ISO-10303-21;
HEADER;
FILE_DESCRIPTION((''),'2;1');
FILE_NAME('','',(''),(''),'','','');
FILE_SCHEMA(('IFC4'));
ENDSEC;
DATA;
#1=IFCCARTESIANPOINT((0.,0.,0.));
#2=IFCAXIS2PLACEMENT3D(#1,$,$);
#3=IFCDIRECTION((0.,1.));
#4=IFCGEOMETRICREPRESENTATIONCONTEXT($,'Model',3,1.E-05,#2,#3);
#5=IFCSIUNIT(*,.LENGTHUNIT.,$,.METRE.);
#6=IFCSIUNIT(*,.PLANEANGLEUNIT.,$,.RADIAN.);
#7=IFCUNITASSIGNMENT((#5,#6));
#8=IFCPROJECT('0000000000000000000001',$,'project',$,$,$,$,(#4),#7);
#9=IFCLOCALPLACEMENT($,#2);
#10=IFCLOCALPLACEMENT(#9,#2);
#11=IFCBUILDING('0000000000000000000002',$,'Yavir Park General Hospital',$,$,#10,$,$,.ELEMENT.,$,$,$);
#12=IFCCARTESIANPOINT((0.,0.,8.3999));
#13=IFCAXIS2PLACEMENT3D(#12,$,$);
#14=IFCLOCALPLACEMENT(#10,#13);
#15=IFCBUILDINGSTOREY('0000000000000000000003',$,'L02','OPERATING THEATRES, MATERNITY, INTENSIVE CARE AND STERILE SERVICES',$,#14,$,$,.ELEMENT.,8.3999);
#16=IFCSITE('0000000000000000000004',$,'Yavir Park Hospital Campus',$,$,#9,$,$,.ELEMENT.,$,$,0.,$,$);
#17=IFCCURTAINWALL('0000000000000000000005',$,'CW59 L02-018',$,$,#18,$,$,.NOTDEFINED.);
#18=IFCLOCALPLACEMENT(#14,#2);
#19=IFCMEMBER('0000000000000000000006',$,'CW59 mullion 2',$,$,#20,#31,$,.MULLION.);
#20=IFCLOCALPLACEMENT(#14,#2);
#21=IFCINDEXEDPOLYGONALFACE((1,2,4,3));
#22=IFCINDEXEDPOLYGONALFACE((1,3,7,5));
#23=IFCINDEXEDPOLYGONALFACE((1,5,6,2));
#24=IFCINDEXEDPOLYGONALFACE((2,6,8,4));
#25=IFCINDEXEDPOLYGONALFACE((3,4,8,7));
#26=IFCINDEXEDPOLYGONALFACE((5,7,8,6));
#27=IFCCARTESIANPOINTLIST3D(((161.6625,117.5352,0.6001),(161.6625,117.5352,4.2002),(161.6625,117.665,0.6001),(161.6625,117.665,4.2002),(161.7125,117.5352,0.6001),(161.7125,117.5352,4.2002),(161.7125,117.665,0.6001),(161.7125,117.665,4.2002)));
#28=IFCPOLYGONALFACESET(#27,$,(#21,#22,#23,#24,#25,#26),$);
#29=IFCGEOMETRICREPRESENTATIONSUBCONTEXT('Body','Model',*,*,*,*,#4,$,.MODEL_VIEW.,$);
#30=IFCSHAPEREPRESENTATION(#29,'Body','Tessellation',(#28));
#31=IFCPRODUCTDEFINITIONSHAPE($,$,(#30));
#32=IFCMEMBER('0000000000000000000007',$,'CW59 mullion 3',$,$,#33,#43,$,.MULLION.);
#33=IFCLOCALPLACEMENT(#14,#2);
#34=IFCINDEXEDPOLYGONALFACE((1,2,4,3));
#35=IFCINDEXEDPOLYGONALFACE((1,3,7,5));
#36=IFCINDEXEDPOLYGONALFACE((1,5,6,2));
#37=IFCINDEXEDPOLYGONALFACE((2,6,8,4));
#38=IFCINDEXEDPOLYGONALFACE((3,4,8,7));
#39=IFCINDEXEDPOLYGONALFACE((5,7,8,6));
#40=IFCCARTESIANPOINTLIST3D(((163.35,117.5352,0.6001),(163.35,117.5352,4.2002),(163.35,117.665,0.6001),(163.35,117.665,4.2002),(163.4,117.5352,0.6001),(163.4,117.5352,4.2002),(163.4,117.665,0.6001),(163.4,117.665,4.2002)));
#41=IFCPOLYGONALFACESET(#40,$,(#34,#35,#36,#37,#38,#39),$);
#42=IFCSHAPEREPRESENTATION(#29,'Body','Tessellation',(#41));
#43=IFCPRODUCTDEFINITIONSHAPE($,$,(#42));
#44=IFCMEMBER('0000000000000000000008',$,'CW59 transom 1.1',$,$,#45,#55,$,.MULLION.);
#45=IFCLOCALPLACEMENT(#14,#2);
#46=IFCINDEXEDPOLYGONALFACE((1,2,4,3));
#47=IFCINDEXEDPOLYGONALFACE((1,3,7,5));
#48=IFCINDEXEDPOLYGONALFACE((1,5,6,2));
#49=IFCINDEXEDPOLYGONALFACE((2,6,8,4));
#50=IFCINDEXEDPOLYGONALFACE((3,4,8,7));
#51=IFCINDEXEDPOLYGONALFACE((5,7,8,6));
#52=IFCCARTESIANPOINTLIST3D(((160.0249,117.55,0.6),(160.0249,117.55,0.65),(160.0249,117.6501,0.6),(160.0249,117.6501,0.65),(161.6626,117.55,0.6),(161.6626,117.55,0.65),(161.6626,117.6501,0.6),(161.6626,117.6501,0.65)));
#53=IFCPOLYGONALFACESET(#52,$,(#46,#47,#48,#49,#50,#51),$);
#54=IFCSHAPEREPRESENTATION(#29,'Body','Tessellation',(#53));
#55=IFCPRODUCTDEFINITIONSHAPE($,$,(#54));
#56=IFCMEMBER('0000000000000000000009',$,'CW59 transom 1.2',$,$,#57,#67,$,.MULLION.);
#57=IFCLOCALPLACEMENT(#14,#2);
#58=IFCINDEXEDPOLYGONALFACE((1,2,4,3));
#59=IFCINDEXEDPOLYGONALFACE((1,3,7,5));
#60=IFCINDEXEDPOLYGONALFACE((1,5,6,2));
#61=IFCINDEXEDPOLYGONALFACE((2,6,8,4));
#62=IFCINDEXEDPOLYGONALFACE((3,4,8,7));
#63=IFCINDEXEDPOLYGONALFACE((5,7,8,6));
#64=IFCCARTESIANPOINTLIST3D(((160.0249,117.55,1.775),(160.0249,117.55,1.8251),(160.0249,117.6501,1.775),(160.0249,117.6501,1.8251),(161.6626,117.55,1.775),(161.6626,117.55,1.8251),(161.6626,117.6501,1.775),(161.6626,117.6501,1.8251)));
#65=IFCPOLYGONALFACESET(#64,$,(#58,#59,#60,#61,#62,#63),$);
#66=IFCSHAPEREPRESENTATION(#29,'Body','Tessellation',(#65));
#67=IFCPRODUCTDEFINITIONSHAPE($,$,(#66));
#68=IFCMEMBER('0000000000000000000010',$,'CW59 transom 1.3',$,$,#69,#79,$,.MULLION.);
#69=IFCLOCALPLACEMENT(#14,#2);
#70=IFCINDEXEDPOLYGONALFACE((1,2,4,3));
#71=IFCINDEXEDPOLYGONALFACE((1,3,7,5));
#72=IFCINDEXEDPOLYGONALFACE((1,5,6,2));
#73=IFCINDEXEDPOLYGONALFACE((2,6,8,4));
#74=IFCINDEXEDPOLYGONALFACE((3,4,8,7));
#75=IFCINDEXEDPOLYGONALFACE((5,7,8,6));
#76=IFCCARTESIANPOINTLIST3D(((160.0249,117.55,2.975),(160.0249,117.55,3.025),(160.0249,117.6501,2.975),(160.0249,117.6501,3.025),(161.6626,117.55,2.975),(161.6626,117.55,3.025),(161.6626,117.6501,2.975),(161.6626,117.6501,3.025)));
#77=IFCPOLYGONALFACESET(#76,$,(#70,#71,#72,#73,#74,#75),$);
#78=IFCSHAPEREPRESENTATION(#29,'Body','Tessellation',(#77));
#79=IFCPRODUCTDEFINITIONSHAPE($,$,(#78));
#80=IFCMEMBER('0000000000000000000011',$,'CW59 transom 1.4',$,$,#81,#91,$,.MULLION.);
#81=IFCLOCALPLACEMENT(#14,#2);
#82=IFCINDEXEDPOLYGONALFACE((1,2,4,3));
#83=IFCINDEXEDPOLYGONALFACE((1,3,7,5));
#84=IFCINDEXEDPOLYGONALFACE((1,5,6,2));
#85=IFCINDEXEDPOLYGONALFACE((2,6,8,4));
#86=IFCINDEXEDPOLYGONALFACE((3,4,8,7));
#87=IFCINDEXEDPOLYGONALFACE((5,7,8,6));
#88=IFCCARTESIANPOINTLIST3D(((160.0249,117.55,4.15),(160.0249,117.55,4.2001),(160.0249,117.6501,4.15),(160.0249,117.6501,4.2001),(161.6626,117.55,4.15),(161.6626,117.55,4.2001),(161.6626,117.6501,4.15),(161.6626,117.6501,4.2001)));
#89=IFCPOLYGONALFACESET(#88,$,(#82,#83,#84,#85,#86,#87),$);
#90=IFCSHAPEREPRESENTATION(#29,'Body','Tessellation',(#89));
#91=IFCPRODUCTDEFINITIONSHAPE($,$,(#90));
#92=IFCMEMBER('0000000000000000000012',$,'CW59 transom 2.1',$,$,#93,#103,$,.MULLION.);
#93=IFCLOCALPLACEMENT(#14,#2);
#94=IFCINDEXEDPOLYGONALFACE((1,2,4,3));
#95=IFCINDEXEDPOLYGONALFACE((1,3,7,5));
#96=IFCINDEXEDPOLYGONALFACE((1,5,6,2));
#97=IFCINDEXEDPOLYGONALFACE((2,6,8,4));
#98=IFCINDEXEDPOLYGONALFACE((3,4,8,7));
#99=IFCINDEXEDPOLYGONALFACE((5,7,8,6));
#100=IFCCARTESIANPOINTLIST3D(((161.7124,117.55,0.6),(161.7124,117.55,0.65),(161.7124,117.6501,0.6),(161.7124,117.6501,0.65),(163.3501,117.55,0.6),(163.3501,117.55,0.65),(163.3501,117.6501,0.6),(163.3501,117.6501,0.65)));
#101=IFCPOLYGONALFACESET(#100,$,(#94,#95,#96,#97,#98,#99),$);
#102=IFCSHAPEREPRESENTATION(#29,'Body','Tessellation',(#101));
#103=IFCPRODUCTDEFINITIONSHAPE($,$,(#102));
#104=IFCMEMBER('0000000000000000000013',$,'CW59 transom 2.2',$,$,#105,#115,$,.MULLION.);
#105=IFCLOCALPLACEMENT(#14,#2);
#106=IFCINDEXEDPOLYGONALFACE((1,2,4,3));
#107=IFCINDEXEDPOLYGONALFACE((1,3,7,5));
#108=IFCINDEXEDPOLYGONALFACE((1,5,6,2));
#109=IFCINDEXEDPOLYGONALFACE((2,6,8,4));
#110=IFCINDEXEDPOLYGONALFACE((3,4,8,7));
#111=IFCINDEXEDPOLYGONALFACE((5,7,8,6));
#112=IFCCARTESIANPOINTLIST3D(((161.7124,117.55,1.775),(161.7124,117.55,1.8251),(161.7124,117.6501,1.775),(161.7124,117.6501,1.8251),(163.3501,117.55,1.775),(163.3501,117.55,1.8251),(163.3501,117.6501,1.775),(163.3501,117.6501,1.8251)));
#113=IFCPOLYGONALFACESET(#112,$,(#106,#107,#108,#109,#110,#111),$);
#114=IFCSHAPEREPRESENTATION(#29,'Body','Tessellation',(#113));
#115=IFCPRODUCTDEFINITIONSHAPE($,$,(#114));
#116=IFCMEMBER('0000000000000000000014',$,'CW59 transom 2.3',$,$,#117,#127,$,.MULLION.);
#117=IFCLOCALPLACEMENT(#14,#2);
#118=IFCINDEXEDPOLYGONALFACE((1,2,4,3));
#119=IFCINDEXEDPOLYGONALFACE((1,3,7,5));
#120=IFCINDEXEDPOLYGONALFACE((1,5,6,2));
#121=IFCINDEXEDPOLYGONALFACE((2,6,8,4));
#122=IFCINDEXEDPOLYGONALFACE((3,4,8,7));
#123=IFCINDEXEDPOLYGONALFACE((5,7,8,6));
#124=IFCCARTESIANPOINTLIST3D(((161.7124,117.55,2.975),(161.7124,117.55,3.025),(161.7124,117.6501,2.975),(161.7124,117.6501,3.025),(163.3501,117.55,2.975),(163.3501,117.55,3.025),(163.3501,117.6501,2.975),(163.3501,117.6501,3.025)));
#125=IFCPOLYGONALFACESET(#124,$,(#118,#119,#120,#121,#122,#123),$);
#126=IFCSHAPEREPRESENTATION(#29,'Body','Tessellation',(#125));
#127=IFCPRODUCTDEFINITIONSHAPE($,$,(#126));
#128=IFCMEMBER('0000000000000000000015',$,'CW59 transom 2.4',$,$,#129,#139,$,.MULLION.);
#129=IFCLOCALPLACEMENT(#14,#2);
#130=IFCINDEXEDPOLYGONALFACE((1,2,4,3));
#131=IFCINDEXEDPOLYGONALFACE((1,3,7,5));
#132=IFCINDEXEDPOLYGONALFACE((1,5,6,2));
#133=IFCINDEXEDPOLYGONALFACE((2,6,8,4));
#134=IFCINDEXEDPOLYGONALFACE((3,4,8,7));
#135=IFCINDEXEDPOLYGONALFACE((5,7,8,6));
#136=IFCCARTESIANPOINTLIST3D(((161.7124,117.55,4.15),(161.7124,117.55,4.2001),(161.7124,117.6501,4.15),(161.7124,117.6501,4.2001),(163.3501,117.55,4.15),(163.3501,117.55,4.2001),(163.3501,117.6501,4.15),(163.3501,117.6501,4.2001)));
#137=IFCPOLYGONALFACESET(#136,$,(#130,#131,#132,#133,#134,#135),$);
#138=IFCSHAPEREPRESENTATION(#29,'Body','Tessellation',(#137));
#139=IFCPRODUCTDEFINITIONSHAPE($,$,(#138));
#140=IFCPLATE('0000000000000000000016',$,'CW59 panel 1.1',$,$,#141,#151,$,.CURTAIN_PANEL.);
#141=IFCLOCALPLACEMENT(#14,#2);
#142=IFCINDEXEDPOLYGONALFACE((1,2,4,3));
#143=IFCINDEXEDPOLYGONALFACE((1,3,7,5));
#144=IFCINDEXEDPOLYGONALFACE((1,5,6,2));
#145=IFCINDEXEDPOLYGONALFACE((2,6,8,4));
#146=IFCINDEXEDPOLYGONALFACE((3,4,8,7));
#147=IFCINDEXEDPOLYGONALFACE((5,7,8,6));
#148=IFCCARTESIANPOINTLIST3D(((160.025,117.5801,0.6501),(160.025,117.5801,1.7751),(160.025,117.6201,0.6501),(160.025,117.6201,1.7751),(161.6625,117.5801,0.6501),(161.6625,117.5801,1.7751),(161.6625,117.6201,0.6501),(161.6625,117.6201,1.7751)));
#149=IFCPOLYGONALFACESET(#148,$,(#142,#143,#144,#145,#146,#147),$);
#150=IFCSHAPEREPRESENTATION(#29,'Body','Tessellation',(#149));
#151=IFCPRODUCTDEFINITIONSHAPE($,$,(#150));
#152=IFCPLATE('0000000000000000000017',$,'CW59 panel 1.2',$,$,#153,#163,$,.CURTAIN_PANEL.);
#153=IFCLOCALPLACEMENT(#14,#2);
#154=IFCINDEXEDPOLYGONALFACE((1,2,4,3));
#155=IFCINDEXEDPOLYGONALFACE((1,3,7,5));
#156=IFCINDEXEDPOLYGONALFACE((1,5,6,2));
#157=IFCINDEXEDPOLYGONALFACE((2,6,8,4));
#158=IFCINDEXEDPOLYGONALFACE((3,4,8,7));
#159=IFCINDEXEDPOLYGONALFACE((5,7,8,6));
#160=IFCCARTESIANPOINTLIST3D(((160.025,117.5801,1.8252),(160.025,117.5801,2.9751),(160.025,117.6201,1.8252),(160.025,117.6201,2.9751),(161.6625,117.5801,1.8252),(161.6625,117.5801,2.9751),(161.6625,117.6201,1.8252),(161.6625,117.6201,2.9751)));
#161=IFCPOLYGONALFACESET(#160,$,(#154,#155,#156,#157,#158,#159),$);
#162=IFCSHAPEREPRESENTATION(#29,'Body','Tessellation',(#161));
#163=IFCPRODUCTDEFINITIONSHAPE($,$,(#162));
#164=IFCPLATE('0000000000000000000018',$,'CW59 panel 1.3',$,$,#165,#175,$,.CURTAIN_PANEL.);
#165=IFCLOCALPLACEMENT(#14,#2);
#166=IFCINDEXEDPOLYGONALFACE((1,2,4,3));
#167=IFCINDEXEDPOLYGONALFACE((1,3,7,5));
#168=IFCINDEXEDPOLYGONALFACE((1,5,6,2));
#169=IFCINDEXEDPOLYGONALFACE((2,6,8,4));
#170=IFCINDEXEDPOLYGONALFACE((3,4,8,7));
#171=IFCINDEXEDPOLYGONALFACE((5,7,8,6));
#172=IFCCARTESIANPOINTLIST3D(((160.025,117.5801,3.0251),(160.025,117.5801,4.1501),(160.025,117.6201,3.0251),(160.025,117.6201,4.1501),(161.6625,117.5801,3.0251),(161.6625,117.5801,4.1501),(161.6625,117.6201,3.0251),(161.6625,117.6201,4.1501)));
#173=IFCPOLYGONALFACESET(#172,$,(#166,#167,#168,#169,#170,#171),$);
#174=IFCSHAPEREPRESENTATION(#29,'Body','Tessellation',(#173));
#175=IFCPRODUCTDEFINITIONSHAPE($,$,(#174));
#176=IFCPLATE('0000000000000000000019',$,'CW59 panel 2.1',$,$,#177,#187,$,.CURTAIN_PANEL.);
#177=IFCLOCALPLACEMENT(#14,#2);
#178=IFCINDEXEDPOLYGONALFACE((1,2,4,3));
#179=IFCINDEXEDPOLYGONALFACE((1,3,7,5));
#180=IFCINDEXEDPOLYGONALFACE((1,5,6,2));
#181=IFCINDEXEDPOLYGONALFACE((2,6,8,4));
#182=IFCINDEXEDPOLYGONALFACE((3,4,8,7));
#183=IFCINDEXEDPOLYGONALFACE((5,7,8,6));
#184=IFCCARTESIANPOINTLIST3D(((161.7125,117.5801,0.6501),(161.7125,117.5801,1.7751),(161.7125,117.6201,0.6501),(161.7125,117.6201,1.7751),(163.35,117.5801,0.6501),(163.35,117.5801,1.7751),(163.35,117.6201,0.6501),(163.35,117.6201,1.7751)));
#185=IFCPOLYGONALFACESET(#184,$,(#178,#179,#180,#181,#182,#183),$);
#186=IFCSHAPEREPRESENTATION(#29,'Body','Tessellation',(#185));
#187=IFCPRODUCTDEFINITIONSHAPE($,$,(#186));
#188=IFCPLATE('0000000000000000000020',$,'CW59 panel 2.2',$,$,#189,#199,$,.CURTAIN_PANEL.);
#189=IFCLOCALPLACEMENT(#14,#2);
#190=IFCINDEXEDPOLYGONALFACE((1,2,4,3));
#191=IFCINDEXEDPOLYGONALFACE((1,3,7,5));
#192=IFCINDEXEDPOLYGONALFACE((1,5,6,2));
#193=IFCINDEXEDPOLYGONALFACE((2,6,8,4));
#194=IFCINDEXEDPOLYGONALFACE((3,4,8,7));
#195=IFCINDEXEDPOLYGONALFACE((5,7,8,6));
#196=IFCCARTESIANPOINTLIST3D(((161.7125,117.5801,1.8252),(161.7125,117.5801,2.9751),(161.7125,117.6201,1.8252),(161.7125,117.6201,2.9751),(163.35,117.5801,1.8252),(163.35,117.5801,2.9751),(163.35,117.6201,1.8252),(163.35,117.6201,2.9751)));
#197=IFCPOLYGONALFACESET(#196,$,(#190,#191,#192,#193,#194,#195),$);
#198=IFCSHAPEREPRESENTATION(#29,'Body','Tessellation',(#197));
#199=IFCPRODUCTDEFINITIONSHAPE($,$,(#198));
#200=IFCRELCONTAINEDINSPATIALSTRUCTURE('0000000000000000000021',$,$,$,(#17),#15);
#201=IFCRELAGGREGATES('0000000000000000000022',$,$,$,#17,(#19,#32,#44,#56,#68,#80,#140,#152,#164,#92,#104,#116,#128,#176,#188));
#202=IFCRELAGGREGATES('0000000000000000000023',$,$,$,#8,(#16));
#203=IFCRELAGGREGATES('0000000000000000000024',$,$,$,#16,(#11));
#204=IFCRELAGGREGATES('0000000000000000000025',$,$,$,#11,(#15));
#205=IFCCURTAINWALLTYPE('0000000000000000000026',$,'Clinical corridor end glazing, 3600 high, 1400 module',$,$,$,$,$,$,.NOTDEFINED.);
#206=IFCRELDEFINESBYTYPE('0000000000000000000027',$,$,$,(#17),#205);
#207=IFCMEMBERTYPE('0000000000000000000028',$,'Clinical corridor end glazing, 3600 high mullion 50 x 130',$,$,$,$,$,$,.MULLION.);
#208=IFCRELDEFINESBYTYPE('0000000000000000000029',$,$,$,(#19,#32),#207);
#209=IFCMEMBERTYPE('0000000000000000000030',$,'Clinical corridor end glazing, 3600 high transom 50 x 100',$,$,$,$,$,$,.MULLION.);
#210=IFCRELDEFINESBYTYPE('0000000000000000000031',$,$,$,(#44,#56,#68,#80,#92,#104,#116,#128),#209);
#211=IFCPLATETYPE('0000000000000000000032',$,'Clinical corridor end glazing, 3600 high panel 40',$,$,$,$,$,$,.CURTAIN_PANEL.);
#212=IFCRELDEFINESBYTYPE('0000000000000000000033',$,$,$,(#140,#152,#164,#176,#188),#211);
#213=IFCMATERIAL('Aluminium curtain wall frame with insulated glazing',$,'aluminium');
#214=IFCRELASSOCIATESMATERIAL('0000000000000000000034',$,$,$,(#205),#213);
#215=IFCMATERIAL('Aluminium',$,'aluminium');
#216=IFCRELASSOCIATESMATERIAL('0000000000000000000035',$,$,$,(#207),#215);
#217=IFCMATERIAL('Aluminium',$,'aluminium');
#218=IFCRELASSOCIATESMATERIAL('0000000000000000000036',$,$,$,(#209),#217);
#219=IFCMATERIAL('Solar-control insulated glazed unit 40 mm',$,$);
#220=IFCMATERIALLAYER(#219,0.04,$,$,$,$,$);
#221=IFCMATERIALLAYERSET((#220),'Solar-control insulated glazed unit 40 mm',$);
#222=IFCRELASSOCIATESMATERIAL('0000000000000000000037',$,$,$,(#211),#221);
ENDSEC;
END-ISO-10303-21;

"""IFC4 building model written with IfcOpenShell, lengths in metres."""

from ifc_helpers import new_model, si_unit, direction, frame, origin, origin_2d, place, context, subcontext, project, spatial, rectangle, extrude, material, layer, layer_set, material_profile, profile_set, type_object, element, aggregate, save


model = new_model("IFC4")

# Units and contexts
model_context = context("Model", 3, precision=1e-05, world=origin(), true_north=direction((0.0, 1.0)))
body_context = subcontext(model_context, "Body", "Model", "MODEL_VIEW")
ifc_project = project(units=[si_unit("LENGTHUNIT", "METRE"), si_unit("PLANEANGLEUNIT", "RADIAN")], contexts=[model_context])

# Site, building, storey
site_placement = place(None, origin())
site = spatial("IfcSite", under=ifc_project, at=site_placement, Name="Yavir Park Hospital Campus", CompositionType="ELEMENT", RefElevation=0.0)
building_placement = place(site_placement, origin())
building = spatial("IfcBuilding", under=site, at=building_placement, Name="Yavir Park General Hospital", CompositionType="ELEMENT")
storey_placement = place(building_placement, frame((0.0, 0.0, 8.3999)))
storey = spatial("IfcBuildingStorey", under=building, at=storey_placement, Name="L02", Description="OPERATING THEATRES, MATERNITY, INTENSIVE CARE AND STERILE SERVICES", CompositionType="ELEMENT", Elevation=8.3999)

# Curtain wall, members, plates
ifc_material_1 = material(Name="Aluminium curtain wall frame with insulated glazing", Category="aluminium")
curtain_wall_type = type_object("IfcCurtainWallType", Name="Clinical corridor end glazing, 3600 high, 1400 module", PredefinedType="NOTDEFINED", material=ifc_material_1)
curtain_wall_placement = place(storey_placement, origin())
curtain_wall = element("IfcCurtainWall", 1, at=curtain_wall_placement, inside=storey, type_object=curtain_wall_type, Name="CW59 L02-018", PredefinedType="NOTDEFINED")
ifc_material_2 = material(Name="Aluminium", Category="aluminium")
ifc_material_profile_1 = material_profile(ifc_material_2, rectangle(XDim=0.1299, YDim=0.05, at=origin_2d()), Name="AL 50x130")
ifc_profile_set_1 = profile_set([ifc_material_profile_1], Name="Aluminium")
member_type_1 = type_object("IfcMemberType", Name="Clinical corridor end glazing, 3600 high mullion 50 x 130", PredefinedType="MULLION", material=ifc_profile_set_1)
member_1_placement = place(storey_placement, frame((161.6875, 117.6001, 0.6001), z_axis=(0.0, 0.0, 1.0), x_axis=(0.0, 1.0, 0.0)))
member_1 = element("IfcMember", 2, at=member_1_placement, type_object=member_type_1, Name="CW59 mullion 2", PredefinedType="MULLION", context=body_context, shape_type="SweptSolid", body=[
    extrude(rectangle(XDim=0.1299, YDim=0.05, at=origin_2d()), origin(), (0.0, 0.0, 1.0), 3.6001),
])
member_2_placement = place(storey_placement, frame((163.375, 117.6001, 0.6001), z_axis=(0.0, 0.0, 1.0), x_axis=(0.0, 1.0, 0.0)))
member_2 = element("IfcMember", 3, at=member_2_placement, type_object=member_type_1, Name="CW59 mullion 3", PredefinedType="MULLION", context=body_context, shape_type="SweptSolid", body=[
    extrude(rectangle(XDim=0.1299, YDim=0.05, at=origin_2d()), origin(), (0.0, 0.0, 1.0), 3.6001),
])
ifc_material_3 = material(Name="Aluminium", Category="aluminium")
ifc_material_profile_2 = material_profile(ifc_material_3, rectangle(XDim=0.1001, YDim=0.05, at=origin_2d()), Name="AL 100x50")
ifc_profile_set_2 = profile_set([ifc_material_profile_2], Name="Aluminium")
member_type_2 = type_object("IfcMemberType", Name="Clinical corridor end glazing, 3600 high transom 50 x 100", PredefinedType="MULLION", material=ifc_profile_set_2)
member_3_placement = place(storey_placement, frame((160.0249, 117.6001, 0.625), z_axis=(1.0, 0.0, 0.0), x_axis=(0.0, 1.0, 0.0)))
member_3 = element("IfcMember", 4, at=member_3_placement, type_object=member_type_2, Name="CW59 transom 1.1", PredefinedType="MULLION", context=body_context, shape_type="SweptSolid", body=[
    extrude(rectangle(XDim=0.1001, YDim=0.05, at=origin_2d()), origin(), (0.0, 0.0, 1.0), 1.6377),
])
member_4_placement = place(storey_placement, frame((160.0249, 117.6001, 1.8), z_axis=(1.0, 0.0, 0.0), x_axis=(0.0, 1.0, 0.0)))
member_4 = element("IfcMember", 5, at=member_4_placement, type_object=member_type_2, Name="CW59 transom 1.2", PredefinedType="MULLION", context=body_context, shape_type="SweptSolid", body=[
    extrude(rectangle(XDim=0.1001, YDim=0.05, at=origin_2d()), origin(), (0.0, 0.0, 1.0), 1.6377),
])
member_5_placement = place(storey_placement, frame((160.0249, 117.6001, 3.0), z_axis=(1.0, 0.0, 0.0), x_axis=(0.0, 1.0, 0.0)))
member_5 = element("IfcMember", 6, at=member_5_placement, type_object=member_type_2, Name="CW59 transom 1.3", PredefinedType="MULLION", context=body_context, shape_type="SweptSolid", body=[
    extrude(rectangle(XDim=0.1001, YDim=0.05, at=origin_2d()), origin(), (0.0, 0.0, 1.0), 1.6377),
])
member_6_placement = place(storey_placement, frame((160.0249, 117.6001, 4.175), z_axis=(1.0, 0.0, 0.0), x_axis=(0.0, 1.0, 0.0)))
member_6 = element("IfcMember", 7, at=member_6_placement, type_object=member_type_2, Name="CW59 transom 1.4", PredefinedType="MULLION", context=body_context, shape_type="SweptSolid", body=[
    extrude(rectangle(XDim=0.1001, YDim=0.05, at=origin_2d()), origin(), (0.0, 0.0, 1.0), 1.6377),
])
member_7_placement = place(storey_placement, frame((161.7124, 117.6001, 0.625), z_axis=(1.0, 0.0, 0.0), x_axis=(0.0, 1.0, 0.0)))
member_7 = element("IfcMember", 8, at=member_7_placement, type_object=member_type_2, Name="CW59 transom 2.1", PredefinedType="MULLION", context=body_context, shape_type="SweptSolid", body=[
    extrude(rectangle(XDim=0.1001, YDim=0.05, at=origin_2d()), origin(), (0.0, 0.0, 1.0), 1.6377),
])
member_8_placement = place(storey_placement, frame((161.7124, 117.6001, 1.8), z_axis=(1.0, 0.0, 0.0), x_axis=(0.0, 1.0, 0.0)))
member_8 = element("IfcMember", 9, at=member_8_placement, type_object=member_type_2, Name="CW59 transom 2.2", PredefinedType="MULLION", context=body_context, shape_type="SweptSolid", body=[
    extrude(rectangle(XDim=0.1001, YDim=0.05, at=origin_2d()), origin(), (0.0, 0.0, 1.0), 1.6377),
])
member_9_placement = place(storey_placement, frame((161.7124, 117.6001, 3.0), z_axis=(1.0, 0.0, 0.0), x_axis=(0.0, 1.0, 0.0)))
member_9 = element("IfcMember", 10, at=member_9_placement, type_object=member_type_2, Name="CW59 transom 2.3", PredefinedType="MULLION", context=body_context, shape_type="SweptSolid", body=[
    extrude(rectangle(XDim=0.1001, YDim=0.05, at=origin_2d()), origin(), (0.0, 0.0, 1.0), 1.6377),
])
member_10_placement = place(storey_placement, frame((161.7124, 117.6001, 4.175), z_axis=(1.0, 0.0, 0.0), x_axis=(0.0, 1.0, 0.0)))
member_10 = element("IfcMember", 11, at=member_10_placement, type_object=member_type_2, Name="CW59 transom 2.4", PredefinedType="MULLION", context=body_context, shape_type="SweptSolid", body=[
    extrude(rectangle(XDim=0.1001, YDim=0.05, at=origin_2d()), origin(), (0.0, 0.0, 1.0), 1.6377),
])
ifc_material_4 = material(Name="Solar-control insulated glazed unit 40 mm")
ifc_layer_1 = layer(ifc_material_4, 0.04)
ifc_layer_set_1 = layer_set([ifc_layer_1], Name="Solar-control insulated glazed unit 40 mm")
plate_type = type_object("IfcPlateType", Name="Clinical corridor end glazing, 3600 high panel 40", PredefinedType="CURTAIN_PANEL", material=ifc_layer_set_1)
plate_1_placement = place(storey_placement, frame((160.8438, 117.6001, 0.6501), z_axis=(0.0, 0.0, 1.0), x_axis=(1.0, 0.0, 0.0)))
plate_1 = element("IfcPlate", 12, at=plate_1_placement, type_object=plate_type, Name="CW59 panel 1.1", PredefinedType="CURTAIN_PANEL", context=body_context, shape_type="SweptSolid", body=[
    extrude(rectangle(XDim=1.6375, YDim=0.04, at=origin_2d()), origin(), (0.0, 0.0, 1.0), 1.125),
])
plate_2_placement = place(storey_placement, frame((160.8438, 117.6001, 1.8252), z_axis=(0.0, 0.0, 1.0), x_axis=(1.0, 0.0, 0.0)))
plate_2 = element("IfcPlate", 13, at=plate_2_placement, type_object=plate_type, Name="CW59 panel 1.2", PredefinedType="CURTAIN_PANEL", context=body_context, shape_type="SweptSolid", body=[
    extrude(rectangle(XDim=1.6375, YDim=0.04, at=origin_2d()), origin(), (0.0, 0.0, 1.0), 1.1499),
])
plate_3_placement = place(storey_placement, frame((160.8438, 117.6001, 3.0251), z_axis=(0.0, 0.0, 1.0), x_axis=(1.0, 0.0, 0.0)))
plate_3 = element("IfcPlate", 14, at=plate_3_placement, type_object=plate_type, Name="CW59 panel 1.3", PredefinedType="CURTAIN_PANEL", context=body_context, shape_type="SweptSolid", body=[
    extrude(rectangle(XDim=1.6375, YDim=0.04, at=origin_2d()), origin(), (0.0, 0.0, 1.0), 1.125),
])
plate_4_placement = place(storey_placement, frame((162.5312, 117.6001, 0.6501), z_axis=(0.0, 0.0, 1.0), x_axis=(1.0, 0.0, 0.0)))
plate_4 = element("IfcPlate", 15, at=plate_4_placement, type_object=plate_type, Name="CW59 panel 2.1", PredefinedType="CURTAIN_PANEL", context=body_context, shape_type="SweptSolid", body=[
    extrude(rectangle(XDim=1.6375, YDim=0.04, at=origin_2d()), origin(), (0.0, 0.0, 1.0), 1.125),
])
plate_5_placement = place(storey_placement, frame((162.5312, 117.6001, 1.8252), z_axis=(0.0, 0.0, 1.0), x_axis=(1.0, 0.0, 0.0)))
plate_5 = element("IfcPlate", 16, at=plate_5_placement, type_object=plate_type, Name="CW59 panel 2.2", PredefinedType="CURTAIN_PANEL", context=body_context, shape_type="SweptSolid", body=[
    extrude(rectangle(XDim=1.6375, YDim=0.04, at=origin_2d()), origin(), (0.0, 0.0, 1.0), 1.1499),
])
aggregate(curtain_wall, [member_1, member_2, member_3, member_4, member_5, member_6, plate_1, plate_2, plate_3, member_7, member_8, member_9, member_10, plate_4, plate_5])

save(model, "model.ifc")
